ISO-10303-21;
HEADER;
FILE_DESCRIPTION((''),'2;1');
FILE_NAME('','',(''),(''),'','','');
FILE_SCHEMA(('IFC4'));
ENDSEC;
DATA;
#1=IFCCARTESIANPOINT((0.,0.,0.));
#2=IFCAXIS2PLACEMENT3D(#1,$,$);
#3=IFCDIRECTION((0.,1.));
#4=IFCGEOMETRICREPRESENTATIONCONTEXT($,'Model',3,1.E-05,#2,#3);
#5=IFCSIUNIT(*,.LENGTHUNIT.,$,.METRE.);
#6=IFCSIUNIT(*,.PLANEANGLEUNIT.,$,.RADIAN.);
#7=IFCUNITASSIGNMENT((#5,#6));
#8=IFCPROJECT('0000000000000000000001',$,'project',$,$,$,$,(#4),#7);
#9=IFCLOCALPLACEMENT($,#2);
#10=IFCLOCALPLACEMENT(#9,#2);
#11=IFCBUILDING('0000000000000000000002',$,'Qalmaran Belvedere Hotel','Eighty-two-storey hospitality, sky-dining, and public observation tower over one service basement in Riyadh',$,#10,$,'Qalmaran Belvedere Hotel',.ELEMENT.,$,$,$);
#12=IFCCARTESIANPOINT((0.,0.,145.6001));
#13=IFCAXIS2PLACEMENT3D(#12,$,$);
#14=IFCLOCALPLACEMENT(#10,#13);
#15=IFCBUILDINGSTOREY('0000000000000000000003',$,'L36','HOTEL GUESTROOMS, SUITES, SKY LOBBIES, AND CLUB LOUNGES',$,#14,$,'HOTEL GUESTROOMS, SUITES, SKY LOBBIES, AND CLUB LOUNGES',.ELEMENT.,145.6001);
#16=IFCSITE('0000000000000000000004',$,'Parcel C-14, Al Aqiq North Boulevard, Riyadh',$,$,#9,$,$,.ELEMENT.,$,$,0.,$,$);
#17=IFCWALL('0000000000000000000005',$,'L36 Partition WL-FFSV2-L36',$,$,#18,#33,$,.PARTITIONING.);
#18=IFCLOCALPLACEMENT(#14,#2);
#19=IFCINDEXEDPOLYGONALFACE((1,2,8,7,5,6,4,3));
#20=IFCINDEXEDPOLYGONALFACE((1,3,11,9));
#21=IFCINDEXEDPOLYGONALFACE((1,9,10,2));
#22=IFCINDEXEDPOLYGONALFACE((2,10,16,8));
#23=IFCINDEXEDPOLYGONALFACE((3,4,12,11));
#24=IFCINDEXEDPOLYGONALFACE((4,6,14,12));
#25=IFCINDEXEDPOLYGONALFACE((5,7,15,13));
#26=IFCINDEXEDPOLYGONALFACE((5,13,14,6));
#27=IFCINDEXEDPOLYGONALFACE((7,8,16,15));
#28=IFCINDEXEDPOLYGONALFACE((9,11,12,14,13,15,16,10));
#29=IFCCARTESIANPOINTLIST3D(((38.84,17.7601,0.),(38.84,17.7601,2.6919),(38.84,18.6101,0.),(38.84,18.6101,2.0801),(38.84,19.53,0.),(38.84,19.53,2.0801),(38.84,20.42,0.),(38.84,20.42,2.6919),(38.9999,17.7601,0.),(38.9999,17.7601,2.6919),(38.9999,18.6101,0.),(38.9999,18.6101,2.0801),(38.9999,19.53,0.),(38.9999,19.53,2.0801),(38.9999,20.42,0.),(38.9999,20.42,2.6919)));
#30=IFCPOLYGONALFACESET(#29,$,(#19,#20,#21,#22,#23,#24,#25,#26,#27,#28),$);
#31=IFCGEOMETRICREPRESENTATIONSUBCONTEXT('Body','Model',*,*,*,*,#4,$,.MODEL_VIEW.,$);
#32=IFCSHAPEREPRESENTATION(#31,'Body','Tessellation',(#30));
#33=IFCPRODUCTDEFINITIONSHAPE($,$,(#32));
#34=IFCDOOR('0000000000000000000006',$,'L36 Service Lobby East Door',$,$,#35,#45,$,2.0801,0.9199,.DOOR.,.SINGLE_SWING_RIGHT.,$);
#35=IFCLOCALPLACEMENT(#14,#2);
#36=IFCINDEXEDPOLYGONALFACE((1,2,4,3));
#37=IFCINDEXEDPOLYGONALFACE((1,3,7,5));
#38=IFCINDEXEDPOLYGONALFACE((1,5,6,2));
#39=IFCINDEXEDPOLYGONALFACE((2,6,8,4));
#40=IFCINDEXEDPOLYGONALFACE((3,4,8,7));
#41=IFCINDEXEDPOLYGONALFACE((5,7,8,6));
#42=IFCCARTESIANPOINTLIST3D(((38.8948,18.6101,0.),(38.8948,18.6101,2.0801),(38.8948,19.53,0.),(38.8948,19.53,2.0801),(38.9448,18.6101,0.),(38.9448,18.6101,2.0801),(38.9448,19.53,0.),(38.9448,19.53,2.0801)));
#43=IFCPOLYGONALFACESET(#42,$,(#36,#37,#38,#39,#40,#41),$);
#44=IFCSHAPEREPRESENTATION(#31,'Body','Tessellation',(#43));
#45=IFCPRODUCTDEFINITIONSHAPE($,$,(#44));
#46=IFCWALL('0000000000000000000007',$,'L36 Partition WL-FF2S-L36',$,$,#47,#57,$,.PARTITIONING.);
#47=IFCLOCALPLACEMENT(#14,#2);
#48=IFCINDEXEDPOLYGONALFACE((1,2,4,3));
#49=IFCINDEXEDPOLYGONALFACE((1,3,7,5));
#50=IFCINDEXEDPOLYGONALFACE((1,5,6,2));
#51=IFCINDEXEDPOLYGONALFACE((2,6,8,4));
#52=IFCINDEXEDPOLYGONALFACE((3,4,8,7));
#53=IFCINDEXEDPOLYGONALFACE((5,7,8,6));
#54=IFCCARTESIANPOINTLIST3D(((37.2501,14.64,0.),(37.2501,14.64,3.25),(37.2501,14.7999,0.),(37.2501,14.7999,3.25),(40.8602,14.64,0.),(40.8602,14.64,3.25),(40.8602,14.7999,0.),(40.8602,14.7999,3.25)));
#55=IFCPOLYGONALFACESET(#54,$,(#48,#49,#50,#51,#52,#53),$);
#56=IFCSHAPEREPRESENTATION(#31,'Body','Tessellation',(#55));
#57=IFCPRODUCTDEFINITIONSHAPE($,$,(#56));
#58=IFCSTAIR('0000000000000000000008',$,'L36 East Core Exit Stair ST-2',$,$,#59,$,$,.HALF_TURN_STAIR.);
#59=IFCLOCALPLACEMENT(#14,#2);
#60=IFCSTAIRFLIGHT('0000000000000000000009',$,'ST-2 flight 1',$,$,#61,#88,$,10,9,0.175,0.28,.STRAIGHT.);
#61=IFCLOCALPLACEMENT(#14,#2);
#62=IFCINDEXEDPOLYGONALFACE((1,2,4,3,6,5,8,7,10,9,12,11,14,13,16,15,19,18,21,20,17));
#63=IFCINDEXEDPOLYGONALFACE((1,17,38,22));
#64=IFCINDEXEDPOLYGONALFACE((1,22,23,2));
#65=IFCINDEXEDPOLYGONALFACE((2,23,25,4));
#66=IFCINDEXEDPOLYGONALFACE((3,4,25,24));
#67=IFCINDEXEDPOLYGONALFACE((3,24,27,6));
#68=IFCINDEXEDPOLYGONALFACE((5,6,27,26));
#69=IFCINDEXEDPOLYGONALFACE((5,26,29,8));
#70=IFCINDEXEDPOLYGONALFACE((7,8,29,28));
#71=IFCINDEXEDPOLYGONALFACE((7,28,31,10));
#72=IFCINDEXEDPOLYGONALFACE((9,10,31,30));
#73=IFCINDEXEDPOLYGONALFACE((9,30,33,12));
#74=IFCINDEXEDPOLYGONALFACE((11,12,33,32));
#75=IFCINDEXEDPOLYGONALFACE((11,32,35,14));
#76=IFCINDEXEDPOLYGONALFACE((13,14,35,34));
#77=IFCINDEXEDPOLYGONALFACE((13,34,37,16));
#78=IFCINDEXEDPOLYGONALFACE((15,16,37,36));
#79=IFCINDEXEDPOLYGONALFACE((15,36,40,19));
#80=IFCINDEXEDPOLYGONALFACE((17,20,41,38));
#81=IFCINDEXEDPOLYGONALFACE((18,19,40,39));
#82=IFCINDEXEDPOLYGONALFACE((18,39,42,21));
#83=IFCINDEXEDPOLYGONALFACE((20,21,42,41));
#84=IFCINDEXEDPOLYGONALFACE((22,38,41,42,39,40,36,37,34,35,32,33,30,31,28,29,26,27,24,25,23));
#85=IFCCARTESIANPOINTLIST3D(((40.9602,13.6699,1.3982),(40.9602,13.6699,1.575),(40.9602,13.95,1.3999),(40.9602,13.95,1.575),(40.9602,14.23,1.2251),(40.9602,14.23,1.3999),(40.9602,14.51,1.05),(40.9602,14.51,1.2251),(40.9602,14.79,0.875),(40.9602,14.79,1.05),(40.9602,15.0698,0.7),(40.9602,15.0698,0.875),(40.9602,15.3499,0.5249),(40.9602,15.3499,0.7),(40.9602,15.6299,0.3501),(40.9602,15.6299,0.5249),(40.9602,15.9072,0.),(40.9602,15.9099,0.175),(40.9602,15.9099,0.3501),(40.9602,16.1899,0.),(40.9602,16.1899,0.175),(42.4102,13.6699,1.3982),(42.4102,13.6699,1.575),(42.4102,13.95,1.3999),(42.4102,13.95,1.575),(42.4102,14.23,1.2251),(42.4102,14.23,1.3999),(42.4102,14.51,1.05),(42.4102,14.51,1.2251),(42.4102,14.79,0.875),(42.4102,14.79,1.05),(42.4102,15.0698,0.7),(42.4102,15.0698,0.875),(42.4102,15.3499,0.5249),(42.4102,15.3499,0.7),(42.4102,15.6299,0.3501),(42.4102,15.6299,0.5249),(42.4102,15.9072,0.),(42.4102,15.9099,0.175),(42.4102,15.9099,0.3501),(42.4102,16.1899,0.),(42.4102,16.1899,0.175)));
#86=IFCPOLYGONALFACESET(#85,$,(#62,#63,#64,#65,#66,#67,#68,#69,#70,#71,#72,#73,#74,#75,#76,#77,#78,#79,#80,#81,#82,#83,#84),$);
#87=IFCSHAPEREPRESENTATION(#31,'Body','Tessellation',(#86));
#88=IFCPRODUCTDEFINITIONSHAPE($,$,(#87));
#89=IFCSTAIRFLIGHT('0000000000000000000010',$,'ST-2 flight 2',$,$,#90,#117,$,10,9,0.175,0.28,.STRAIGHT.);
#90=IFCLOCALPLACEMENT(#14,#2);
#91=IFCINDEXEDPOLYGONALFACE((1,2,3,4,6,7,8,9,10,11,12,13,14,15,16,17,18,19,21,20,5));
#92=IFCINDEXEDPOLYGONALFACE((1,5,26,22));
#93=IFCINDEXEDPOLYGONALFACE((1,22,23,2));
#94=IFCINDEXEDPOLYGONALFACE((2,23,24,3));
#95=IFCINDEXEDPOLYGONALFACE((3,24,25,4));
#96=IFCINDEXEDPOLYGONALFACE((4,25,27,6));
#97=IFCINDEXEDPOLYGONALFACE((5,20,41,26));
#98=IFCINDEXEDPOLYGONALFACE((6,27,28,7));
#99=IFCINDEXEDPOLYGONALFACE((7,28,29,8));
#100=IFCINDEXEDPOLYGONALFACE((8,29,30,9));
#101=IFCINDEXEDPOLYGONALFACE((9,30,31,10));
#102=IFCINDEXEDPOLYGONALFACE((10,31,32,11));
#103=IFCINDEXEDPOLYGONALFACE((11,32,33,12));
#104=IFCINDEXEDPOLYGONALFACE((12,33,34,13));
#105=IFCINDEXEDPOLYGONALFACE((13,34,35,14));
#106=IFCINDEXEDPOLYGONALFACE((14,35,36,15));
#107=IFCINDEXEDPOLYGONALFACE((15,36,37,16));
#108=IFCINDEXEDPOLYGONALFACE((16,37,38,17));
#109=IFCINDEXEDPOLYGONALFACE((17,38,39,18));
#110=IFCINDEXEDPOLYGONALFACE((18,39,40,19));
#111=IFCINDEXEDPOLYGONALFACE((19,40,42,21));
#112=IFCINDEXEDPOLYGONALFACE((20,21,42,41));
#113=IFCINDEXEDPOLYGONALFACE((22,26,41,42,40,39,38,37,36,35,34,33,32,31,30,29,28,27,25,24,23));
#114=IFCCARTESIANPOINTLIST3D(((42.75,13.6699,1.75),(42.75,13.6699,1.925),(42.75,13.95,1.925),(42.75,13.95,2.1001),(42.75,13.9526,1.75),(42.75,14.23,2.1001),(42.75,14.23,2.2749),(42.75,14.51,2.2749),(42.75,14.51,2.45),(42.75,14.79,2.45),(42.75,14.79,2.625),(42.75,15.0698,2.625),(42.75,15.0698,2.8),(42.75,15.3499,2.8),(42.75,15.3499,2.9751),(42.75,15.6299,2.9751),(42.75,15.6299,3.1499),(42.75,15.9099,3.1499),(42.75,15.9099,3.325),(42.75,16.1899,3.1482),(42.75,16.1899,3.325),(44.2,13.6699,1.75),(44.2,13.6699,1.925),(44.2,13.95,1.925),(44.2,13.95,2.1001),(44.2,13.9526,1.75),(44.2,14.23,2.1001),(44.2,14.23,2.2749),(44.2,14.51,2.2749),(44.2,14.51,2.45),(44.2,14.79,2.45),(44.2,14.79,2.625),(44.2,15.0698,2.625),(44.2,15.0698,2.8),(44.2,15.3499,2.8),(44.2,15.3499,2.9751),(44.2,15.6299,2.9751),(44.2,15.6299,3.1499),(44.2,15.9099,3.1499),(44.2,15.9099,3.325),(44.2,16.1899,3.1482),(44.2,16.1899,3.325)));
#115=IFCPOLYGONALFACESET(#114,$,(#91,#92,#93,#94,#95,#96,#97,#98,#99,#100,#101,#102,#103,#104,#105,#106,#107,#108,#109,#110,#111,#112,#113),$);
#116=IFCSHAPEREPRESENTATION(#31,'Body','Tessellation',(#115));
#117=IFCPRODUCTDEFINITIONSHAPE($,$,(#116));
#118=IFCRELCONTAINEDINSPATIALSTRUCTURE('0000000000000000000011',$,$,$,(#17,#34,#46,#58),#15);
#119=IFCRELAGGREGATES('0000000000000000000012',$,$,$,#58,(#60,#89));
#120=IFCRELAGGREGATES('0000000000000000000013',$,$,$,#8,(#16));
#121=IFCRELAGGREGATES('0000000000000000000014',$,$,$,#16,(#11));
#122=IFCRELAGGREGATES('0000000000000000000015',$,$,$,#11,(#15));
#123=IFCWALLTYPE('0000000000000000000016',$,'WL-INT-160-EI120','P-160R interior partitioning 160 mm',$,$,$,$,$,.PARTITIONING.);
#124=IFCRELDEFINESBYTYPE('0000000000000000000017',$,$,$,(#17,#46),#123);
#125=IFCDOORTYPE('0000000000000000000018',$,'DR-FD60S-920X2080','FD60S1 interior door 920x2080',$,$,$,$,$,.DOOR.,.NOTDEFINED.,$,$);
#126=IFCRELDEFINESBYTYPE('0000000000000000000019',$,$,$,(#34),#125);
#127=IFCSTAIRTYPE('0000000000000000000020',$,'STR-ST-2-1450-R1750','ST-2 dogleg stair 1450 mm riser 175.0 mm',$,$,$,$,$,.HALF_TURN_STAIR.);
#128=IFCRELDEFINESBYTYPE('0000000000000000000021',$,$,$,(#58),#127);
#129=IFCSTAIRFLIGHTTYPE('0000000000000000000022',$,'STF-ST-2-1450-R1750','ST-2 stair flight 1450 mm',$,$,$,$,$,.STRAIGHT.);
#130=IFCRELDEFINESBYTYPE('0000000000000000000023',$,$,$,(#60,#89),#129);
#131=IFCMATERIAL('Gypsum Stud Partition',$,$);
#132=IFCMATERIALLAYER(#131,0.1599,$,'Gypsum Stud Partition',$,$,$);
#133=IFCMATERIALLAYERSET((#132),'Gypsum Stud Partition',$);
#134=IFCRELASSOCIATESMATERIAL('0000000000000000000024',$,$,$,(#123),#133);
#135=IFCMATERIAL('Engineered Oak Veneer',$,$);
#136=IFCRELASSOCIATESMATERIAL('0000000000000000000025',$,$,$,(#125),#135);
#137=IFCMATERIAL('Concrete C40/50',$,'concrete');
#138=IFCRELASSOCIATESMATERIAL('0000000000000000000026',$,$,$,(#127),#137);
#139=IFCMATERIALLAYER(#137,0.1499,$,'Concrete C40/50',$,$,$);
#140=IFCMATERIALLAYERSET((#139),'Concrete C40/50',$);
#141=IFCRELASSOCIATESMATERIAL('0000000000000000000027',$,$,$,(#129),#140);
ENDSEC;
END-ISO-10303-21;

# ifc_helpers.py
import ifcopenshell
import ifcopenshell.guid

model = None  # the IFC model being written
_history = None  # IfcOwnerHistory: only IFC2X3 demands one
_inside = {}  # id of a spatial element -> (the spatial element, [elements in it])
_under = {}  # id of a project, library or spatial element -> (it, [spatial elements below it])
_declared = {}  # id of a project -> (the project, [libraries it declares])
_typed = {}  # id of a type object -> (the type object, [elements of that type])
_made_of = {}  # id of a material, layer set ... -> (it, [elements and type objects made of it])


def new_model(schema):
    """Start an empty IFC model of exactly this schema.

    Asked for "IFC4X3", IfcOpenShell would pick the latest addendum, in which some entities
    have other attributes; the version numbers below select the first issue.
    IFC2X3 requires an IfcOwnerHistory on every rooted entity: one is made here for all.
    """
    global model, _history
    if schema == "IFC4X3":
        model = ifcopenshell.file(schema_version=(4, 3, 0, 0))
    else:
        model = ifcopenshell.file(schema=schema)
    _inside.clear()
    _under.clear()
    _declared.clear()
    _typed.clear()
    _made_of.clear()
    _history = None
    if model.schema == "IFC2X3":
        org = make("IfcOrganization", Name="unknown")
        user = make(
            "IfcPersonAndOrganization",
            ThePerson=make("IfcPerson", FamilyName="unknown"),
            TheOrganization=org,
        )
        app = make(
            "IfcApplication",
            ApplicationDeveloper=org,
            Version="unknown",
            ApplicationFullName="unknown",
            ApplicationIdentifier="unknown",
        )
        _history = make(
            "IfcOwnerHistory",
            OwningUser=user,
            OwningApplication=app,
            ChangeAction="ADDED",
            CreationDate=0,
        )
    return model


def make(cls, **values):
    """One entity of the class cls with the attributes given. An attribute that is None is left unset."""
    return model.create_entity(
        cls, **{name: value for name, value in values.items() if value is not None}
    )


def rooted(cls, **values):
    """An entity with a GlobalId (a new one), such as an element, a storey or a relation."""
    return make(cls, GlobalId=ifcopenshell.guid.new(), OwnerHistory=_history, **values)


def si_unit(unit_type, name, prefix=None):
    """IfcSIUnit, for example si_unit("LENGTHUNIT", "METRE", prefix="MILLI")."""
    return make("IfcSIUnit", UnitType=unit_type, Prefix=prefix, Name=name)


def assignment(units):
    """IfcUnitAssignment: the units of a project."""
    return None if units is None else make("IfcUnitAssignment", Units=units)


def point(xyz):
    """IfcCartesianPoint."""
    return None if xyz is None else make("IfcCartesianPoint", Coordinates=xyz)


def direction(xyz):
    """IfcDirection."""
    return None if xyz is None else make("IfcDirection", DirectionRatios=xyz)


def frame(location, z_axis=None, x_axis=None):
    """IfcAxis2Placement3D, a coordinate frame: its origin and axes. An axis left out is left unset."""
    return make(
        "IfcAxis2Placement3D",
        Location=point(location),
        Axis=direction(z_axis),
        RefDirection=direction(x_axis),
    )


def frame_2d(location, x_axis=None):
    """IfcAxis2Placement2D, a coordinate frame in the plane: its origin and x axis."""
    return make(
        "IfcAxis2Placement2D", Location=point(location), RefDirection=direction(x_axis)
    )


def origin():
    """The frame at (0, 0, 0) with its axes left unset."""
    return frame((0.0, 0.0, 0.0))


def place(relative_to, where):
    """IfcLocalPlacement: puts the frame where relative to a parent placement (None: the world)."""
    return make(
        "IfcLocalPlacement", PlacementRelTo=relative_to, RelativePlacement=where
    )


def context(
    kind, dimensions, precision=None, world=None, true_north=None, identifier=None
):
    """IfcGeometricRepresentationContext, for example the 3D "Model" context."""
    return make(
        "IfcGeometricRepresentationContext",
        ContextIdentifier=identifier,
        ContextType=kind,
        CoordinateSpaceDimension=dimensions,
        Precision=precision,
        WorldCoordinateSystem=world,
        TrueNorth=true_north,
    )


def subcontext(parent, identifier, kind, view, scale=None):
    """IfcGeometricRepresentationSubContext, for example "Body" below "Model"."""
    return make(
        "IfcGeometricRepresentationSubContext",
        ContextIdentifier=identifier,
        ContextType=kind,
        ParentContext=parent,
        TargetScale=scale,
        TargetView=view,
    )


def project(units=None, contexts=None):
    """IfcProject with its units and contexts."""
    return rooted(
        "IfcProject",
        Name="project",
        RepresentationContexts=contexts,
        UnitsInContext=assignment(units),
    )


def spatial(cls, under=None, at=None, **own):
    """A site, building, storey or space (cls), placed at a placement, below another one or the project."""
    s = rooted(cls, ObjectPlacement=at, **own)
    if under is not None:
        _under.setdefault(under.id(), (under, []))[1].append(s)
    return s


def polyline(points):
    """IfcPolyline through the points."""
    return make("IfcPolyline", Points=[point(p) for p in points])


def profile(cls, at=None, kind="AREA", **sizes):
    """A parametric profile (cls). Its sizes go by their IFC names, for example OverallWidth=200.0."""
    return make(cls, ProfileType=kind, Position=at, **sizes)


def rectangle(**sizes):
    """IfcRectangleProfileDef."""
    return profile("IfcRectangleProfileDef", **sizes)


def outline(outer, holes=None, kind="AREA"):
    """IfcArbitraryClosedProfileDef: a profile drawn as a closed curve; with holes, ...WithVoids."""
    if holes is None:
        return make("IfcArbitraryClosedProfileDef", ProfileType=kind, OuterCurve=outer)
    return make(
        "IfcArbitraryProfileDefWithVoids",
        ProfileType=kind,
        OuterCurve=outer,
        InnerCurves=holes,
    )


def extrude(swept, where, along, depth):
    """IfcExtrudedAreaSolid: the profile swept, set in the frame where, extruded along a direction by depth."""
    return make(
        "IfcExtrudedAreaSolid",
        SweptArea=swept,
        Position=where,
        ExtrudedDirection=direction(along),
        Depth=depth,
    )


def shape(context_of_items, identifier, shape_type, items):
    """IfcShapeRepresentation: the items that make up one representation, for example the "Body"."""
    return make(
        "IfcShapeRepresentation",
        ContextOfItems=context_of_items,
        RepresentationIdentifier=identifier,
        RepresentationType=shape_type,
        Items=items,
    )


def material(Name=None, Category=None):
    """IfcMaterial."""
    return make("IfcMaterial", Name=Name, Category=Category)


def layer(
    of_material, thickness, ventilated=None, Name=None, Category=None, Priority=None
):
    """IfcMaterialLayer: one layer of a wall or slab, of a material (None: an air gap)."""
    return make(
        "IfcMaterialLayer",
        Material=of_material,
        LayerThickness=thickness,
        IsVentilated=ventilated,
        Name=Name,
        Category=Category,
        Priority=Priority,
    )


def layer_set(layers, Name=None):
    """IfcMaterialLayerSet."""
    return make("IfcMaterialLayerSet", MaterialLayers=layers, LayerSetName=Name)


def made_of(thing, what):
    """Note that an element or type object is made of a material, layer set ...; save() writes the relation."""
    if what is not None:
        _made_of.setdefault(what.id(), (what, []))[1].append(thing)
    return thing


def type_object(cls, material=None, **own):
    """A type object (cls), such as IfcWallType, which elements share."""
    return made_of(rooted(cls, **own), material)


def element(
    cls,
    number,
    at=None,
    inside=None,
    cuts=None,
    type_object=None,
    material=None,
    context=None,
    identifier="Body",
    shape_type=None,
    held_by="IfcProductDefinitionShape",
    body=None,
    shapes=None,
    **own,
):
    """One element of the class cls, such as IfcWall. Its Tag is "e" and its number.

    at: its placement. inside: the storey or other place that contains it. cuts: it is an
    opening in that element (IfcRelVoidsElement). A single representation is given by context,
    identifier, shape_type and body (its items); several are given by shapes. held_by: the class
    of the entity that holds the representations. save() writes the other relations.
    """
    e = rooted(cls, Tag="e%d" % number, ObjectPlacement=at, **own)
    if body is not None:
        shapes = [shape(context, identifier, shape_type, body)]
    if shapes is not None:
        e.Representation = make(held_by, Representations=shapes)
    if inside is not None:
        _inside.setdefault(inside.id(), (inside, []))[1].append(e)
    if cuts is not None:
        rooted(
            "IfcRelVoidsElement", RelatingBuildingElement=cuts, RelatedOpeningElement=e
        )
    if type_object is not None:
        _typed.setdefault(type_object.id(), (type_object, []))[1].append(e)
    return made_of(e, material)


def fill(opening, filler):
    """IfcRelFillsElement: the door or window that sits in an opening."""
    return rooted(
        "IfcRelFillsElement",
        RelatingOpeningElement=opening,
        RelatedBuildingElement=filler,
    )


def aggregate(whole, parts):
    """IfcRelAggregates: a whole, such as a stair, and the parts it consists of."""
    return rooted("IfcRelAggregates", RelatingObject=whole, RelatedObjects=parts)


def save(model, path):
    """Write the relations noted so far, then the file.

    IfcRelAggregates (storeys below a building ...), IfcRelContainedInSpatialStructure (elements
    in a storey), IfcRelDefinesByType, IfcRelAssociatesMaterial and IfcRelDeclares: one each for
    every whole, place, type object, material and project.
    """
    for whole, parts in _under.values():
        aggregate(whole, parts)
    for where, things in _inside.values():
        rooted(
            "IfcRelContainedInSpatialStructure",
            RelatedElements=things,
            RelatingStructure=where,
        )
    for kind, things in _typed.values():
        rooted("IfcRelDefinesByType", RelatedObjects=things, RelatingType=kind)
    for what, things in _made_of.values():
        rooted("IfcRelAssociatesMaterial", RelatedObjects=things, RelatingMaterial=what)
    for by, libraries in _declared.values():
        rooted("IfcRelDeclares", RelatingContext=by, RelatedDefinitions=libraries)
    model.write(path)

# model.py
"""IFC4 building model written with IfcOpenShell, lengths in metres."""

from ifc_helpers import new_model, si_unit, direction, frame, frame_2d, origin, place, context, subcontext, project, spatial, polyline, rectangle, outline, extrude, material, layer, layer_set, type_object, element, fill, aggregate, save


model = new_model("IFC4")

# Units and contexts
model_context = context("Model", 3, precision=1e-05, world=origin(), true_north=direction((0.0, 1.0)))
body_context = subcontext(model_context, "Body", "Model", "MODEL_VIEW")
ifc_project = project(units=[si_unit("LENGTHUNIT", "METRE"), si_unit("PLANEANGLEUNIT", "RADIAN")], contexts=[model_context])

# Site, building, storey
site_placement = place(None, origin())
site = spatial("IfcSite", under=ifc_project, at=site_placement, Name="Parcel C-14, Al Aqiq North Boulevard, Riyadh", CompositionType="ELEMENT", RefElevation=0.0)
building_placement = place(site_placement, origin())
building = spatial("IfcBuilding", under=site, at=building_placement, Name="Qalmaran Belvedere Hotel", Description="Eighty-two-storey hospitality, sky-dining, and public observation tower over one service basement in Riyadh", LongName="Qalmaran Belvedere Hotel", CompositionType="ELEMENT")
storey_placement = place(building_placement, frame((0.0, 0.0, 145.6001)))
storey = spatial("IfcBuildingStorey", under=building, at=storey_placement, Name="L36", Description="HOTEL GUESTROOMS, SUITES, SKY LOBBIES, AND CLUB LOUNGES", LongName="HOTEL GUESTROOMS, SUITES, SKY LOBBIES, AND CLUB LOUNGES", CompositionType="ELEMENT", Elevation=145.6001)

# Shared definitions
ifc_material_1 = material(Name="Gypsum Stud Partition")

# Wall, opening, door
ifc_layer_1 = layer(ifc_material_1, 0.1599, Name="Gypsum Stud Partition")
ifc_layer_set_1 = layer_set([ifc_layer_1], Name="Gypsum Stud Partition")
wall_type_1 = type_object("IfcWallType", Name="WL-INT-160-EI120", Description="P-160R interior partitioning 160 mm", PredefinedType="PARTITIONING", material=ifc_layer_set_1)
wall_1_placement = place(storey_placement, frame((38.9199, 17.76, 0.0), z_axis=(0.0, 0.0, 1.0), x_axis=(0.0, 1.0, 0.0)))
wall_1 = element("IfcWall", 1, at=wall_1_placement, inside=storey, type_object=wall_type_1, Name="L36 Partition WL-FFSV2-L36", PredefinedType="PARTITIONING", context=body_context, shape_type="SweptSolid", body=[
    extrude(rectangle(XDim=2.6599, YDim=0.1599, at=frame_2d((1.3301, 0.0))), origin(), (0.0, 0.0, 1.0), 2.6919),
])
opening_1_placement = place(wall_1_placement, frame((1.77, 0.0, 0.0), z_axis=(0.0, 0.0, 1.0), x_axis=(-1.0, 0.0, 0.0)))
opening_1 = element("IfcOpeningElement", 2, at=opening_1_placement, cuts=wall_1, PredefinedType="OPENING", context=body_context, shape_type="SweptSolid", body=[
    extrude(rectangle(XDim=0.9199, YDim=2.0801, at=frame_2d((0.46, 1.04))), frame((0.0, 0.0898, 0.0), z_axis=(0.0, -1.0, 0.0), x_axis=(1.0, 0.0, 0.0)), (0.0, 0.0, 1.0), 0.1799),
])
ifc_material_2 = material(Name="Engineered Oak Veneer")
door_type_1 = type_object("IfcDoorType", Name="DR-FD60S-920X2080", Description="FD60S1 interior door 920x2080", OperationType="NOTDEFINED", PredefinedType="DOOR", material=ifc_material_2)
door_1_placement = place(opening_1_placement, origin())
door_1 = element("IfcDoor", 3, at=door_1_placement, inside=storey, type_object=door_type_1, Name="L36 Service Lobby East Door", OperationType="SINGLE_SWING_RIGHT", OverallHeight=2.0801, OverallWidth=0.9199, PredefinedType="DOOR", context=body_context, shape_type="SweptSolid", body=[
    extrude(rectangle(XDim=0.9199, YDim=2.0801, at=frame_2d((0.46, 1.04))), frame((0.0, 0.0249, 0.0), z_axis=(0.0, -1.0, 0.0), x_axis=(1.0, 0.0, 0.0)), (0.0, 0.0, 1.0), 0.05),
])
fill(opening_1, door_1)

# Wall
wall_2_placement = place(storey_placement, frame((37.25, 14.72, 0.0), z_axis=(0.0, 0.0, 1.0), x_axis=(1.0, 0.0, 0.0)))
element("IfcWall", 4, at=wall_2_placement, inside=storey, type_object=wall_type_1, Name="L36 Partition WL-FF2S-L36", PredefinedType="PARTITIONING", context=body_context, shape_type="SweptSolid", body=[
    extrude(rectangle(XDim=3.6101, YDim=0.1599, at=frame_2d((1.8052, 0.0))), origin(), (0.0, 0.0, 1.0), 3.25),
])

# Stair, stair flights
ifc_material_3 = material(Name="Concrete C40/50", Category="concrete")
stair_type = type_object("IfcStairType", Name="STR-ST-2-1450-R1750", Description="ST-2 dogleg stair 1450 mm riser 175.0 mm", PredefinedType="HALF_TURN_STAIR", material=ifc_material_3)
stair_placement = place(storey_placement, origin())
stair = element("IfcStair", 5, at=stair_placement, inside=storey, type_object=stair_type, Name="L36 East Core Exit Stair ST-2", PredefinedType="HALF_TURN_STAIR")
ifc_layer_2 = layer(ifc_material_3, 0.1499, Name="Concrete C40/50")
ifc_layer_set_2 = layer_set([ifc_layer_2], Name="Concrete C40/50")
stair_flight_type = type_object("IfcStairFlightType", Name="STF-ST-2-1450-R1750", Description="ST-2 stair flight 1450 mm", PredefinedType="STRAIGHT", material=ifc_layer_set_2)
stair_flight_1_placement = place(storey_placement, frame((41.6851, 16.1899, 0.0), z_axis=(0.0, 0.0, 1.0), x_axis=(0.0, -1.0, 0.0)))
stair_flight_1 = element("IfcStairFlight", 6, at=stair_flight_1_placement, type_object=stair_flight_type, Name="ST-2 flight 1", NumberOfRisers=10, NumberOfTreads=9, PredefinedType="STRAIGHT", RiserHeight=0.175, TreadLength=0.28, context=body_context, shape_type="SweptSolid", body=[
    extrude(outline(polyline([(0.0, 0.0), (0.0, 0.175), (0.28, 0.175), (0.28, 0.3501), (0.5601, 0.3501), (0.5601, 0.5249), (0.8401, 0.5249), (0.8401, 0.7), (1.1201, 0.7), (1.1201, 0.875), (1.3999, 0.875), (1.3999, 1.05), (1.6799, 1.05), (1.6799, 1.2251), (1.96, 1.2251), (1.96, 1.3999), (2.24, 1.3999), (2.24, 1.575), (2.52, 1.575), (2.52, 1.75), (2.52, 1.3982), (0.2827, 0.0), (0.0, 0.0)])), frame((0.0, 0.7251, 0.0), z_axis=(0.0, -1.0, 0.0), x_axis=(1.0, 0.0, 0.0)), (0.0, 0.0, 1.0), 1.45),
])
stair_flight_2_placement = place(storey_placement, frame((43.4751, 13.6699, 1.75), z_axis=(0.0, 0.0, 1.0), x_axis=(0.0, 1.0, 0.0)))
stair_flight_2 = element("IfcStairFlight", 7, at=stair_flight_2_placement, type_object=stair_flight_type, Name="ST-2 flight 2", NumberOfRisers=10, NumberOfTreads=9, PredefinedType="STRAIGHT", RiserHeight=0.175, TreadLength=0.28, context=body_context, shape_type="SweptSolid", body=[
    extrude(outline(polyline([(0.0, 0.0), (0.0, 0.175), (0.28, 0.175), (0.28, 0.3501), (0.5601, 0.3501), (0.5601, 0.5249), (0.8401, 0.5249), (0.8401, 0.7), (1.1201, 0.7), (1.1201, 0.875), (1.3999, 0.875), (1.3999, 1.05), (1.6799, 1.05), (1.6799, 1.2251), (1.96, 1.2251), (1.96, 1.3999), (2.24, 1.3999), (2.24, 1.575), (2.52, 1.575), (2.52, 1.75), (2.52, 1.3982), (0.2827, 0.0), (0.0, 0.0)])), frame((0.0, 0.7251, 0.0), z_axis=(0.0, -1.0, 0.0), x_axis=(1.0, 0.0, 0.0)), (0.0, 0.0, 1.0), 1.45),
])
aggregate(stair, [stair_flight_1, stair_flight_2])

save(model, "model.ifc")
